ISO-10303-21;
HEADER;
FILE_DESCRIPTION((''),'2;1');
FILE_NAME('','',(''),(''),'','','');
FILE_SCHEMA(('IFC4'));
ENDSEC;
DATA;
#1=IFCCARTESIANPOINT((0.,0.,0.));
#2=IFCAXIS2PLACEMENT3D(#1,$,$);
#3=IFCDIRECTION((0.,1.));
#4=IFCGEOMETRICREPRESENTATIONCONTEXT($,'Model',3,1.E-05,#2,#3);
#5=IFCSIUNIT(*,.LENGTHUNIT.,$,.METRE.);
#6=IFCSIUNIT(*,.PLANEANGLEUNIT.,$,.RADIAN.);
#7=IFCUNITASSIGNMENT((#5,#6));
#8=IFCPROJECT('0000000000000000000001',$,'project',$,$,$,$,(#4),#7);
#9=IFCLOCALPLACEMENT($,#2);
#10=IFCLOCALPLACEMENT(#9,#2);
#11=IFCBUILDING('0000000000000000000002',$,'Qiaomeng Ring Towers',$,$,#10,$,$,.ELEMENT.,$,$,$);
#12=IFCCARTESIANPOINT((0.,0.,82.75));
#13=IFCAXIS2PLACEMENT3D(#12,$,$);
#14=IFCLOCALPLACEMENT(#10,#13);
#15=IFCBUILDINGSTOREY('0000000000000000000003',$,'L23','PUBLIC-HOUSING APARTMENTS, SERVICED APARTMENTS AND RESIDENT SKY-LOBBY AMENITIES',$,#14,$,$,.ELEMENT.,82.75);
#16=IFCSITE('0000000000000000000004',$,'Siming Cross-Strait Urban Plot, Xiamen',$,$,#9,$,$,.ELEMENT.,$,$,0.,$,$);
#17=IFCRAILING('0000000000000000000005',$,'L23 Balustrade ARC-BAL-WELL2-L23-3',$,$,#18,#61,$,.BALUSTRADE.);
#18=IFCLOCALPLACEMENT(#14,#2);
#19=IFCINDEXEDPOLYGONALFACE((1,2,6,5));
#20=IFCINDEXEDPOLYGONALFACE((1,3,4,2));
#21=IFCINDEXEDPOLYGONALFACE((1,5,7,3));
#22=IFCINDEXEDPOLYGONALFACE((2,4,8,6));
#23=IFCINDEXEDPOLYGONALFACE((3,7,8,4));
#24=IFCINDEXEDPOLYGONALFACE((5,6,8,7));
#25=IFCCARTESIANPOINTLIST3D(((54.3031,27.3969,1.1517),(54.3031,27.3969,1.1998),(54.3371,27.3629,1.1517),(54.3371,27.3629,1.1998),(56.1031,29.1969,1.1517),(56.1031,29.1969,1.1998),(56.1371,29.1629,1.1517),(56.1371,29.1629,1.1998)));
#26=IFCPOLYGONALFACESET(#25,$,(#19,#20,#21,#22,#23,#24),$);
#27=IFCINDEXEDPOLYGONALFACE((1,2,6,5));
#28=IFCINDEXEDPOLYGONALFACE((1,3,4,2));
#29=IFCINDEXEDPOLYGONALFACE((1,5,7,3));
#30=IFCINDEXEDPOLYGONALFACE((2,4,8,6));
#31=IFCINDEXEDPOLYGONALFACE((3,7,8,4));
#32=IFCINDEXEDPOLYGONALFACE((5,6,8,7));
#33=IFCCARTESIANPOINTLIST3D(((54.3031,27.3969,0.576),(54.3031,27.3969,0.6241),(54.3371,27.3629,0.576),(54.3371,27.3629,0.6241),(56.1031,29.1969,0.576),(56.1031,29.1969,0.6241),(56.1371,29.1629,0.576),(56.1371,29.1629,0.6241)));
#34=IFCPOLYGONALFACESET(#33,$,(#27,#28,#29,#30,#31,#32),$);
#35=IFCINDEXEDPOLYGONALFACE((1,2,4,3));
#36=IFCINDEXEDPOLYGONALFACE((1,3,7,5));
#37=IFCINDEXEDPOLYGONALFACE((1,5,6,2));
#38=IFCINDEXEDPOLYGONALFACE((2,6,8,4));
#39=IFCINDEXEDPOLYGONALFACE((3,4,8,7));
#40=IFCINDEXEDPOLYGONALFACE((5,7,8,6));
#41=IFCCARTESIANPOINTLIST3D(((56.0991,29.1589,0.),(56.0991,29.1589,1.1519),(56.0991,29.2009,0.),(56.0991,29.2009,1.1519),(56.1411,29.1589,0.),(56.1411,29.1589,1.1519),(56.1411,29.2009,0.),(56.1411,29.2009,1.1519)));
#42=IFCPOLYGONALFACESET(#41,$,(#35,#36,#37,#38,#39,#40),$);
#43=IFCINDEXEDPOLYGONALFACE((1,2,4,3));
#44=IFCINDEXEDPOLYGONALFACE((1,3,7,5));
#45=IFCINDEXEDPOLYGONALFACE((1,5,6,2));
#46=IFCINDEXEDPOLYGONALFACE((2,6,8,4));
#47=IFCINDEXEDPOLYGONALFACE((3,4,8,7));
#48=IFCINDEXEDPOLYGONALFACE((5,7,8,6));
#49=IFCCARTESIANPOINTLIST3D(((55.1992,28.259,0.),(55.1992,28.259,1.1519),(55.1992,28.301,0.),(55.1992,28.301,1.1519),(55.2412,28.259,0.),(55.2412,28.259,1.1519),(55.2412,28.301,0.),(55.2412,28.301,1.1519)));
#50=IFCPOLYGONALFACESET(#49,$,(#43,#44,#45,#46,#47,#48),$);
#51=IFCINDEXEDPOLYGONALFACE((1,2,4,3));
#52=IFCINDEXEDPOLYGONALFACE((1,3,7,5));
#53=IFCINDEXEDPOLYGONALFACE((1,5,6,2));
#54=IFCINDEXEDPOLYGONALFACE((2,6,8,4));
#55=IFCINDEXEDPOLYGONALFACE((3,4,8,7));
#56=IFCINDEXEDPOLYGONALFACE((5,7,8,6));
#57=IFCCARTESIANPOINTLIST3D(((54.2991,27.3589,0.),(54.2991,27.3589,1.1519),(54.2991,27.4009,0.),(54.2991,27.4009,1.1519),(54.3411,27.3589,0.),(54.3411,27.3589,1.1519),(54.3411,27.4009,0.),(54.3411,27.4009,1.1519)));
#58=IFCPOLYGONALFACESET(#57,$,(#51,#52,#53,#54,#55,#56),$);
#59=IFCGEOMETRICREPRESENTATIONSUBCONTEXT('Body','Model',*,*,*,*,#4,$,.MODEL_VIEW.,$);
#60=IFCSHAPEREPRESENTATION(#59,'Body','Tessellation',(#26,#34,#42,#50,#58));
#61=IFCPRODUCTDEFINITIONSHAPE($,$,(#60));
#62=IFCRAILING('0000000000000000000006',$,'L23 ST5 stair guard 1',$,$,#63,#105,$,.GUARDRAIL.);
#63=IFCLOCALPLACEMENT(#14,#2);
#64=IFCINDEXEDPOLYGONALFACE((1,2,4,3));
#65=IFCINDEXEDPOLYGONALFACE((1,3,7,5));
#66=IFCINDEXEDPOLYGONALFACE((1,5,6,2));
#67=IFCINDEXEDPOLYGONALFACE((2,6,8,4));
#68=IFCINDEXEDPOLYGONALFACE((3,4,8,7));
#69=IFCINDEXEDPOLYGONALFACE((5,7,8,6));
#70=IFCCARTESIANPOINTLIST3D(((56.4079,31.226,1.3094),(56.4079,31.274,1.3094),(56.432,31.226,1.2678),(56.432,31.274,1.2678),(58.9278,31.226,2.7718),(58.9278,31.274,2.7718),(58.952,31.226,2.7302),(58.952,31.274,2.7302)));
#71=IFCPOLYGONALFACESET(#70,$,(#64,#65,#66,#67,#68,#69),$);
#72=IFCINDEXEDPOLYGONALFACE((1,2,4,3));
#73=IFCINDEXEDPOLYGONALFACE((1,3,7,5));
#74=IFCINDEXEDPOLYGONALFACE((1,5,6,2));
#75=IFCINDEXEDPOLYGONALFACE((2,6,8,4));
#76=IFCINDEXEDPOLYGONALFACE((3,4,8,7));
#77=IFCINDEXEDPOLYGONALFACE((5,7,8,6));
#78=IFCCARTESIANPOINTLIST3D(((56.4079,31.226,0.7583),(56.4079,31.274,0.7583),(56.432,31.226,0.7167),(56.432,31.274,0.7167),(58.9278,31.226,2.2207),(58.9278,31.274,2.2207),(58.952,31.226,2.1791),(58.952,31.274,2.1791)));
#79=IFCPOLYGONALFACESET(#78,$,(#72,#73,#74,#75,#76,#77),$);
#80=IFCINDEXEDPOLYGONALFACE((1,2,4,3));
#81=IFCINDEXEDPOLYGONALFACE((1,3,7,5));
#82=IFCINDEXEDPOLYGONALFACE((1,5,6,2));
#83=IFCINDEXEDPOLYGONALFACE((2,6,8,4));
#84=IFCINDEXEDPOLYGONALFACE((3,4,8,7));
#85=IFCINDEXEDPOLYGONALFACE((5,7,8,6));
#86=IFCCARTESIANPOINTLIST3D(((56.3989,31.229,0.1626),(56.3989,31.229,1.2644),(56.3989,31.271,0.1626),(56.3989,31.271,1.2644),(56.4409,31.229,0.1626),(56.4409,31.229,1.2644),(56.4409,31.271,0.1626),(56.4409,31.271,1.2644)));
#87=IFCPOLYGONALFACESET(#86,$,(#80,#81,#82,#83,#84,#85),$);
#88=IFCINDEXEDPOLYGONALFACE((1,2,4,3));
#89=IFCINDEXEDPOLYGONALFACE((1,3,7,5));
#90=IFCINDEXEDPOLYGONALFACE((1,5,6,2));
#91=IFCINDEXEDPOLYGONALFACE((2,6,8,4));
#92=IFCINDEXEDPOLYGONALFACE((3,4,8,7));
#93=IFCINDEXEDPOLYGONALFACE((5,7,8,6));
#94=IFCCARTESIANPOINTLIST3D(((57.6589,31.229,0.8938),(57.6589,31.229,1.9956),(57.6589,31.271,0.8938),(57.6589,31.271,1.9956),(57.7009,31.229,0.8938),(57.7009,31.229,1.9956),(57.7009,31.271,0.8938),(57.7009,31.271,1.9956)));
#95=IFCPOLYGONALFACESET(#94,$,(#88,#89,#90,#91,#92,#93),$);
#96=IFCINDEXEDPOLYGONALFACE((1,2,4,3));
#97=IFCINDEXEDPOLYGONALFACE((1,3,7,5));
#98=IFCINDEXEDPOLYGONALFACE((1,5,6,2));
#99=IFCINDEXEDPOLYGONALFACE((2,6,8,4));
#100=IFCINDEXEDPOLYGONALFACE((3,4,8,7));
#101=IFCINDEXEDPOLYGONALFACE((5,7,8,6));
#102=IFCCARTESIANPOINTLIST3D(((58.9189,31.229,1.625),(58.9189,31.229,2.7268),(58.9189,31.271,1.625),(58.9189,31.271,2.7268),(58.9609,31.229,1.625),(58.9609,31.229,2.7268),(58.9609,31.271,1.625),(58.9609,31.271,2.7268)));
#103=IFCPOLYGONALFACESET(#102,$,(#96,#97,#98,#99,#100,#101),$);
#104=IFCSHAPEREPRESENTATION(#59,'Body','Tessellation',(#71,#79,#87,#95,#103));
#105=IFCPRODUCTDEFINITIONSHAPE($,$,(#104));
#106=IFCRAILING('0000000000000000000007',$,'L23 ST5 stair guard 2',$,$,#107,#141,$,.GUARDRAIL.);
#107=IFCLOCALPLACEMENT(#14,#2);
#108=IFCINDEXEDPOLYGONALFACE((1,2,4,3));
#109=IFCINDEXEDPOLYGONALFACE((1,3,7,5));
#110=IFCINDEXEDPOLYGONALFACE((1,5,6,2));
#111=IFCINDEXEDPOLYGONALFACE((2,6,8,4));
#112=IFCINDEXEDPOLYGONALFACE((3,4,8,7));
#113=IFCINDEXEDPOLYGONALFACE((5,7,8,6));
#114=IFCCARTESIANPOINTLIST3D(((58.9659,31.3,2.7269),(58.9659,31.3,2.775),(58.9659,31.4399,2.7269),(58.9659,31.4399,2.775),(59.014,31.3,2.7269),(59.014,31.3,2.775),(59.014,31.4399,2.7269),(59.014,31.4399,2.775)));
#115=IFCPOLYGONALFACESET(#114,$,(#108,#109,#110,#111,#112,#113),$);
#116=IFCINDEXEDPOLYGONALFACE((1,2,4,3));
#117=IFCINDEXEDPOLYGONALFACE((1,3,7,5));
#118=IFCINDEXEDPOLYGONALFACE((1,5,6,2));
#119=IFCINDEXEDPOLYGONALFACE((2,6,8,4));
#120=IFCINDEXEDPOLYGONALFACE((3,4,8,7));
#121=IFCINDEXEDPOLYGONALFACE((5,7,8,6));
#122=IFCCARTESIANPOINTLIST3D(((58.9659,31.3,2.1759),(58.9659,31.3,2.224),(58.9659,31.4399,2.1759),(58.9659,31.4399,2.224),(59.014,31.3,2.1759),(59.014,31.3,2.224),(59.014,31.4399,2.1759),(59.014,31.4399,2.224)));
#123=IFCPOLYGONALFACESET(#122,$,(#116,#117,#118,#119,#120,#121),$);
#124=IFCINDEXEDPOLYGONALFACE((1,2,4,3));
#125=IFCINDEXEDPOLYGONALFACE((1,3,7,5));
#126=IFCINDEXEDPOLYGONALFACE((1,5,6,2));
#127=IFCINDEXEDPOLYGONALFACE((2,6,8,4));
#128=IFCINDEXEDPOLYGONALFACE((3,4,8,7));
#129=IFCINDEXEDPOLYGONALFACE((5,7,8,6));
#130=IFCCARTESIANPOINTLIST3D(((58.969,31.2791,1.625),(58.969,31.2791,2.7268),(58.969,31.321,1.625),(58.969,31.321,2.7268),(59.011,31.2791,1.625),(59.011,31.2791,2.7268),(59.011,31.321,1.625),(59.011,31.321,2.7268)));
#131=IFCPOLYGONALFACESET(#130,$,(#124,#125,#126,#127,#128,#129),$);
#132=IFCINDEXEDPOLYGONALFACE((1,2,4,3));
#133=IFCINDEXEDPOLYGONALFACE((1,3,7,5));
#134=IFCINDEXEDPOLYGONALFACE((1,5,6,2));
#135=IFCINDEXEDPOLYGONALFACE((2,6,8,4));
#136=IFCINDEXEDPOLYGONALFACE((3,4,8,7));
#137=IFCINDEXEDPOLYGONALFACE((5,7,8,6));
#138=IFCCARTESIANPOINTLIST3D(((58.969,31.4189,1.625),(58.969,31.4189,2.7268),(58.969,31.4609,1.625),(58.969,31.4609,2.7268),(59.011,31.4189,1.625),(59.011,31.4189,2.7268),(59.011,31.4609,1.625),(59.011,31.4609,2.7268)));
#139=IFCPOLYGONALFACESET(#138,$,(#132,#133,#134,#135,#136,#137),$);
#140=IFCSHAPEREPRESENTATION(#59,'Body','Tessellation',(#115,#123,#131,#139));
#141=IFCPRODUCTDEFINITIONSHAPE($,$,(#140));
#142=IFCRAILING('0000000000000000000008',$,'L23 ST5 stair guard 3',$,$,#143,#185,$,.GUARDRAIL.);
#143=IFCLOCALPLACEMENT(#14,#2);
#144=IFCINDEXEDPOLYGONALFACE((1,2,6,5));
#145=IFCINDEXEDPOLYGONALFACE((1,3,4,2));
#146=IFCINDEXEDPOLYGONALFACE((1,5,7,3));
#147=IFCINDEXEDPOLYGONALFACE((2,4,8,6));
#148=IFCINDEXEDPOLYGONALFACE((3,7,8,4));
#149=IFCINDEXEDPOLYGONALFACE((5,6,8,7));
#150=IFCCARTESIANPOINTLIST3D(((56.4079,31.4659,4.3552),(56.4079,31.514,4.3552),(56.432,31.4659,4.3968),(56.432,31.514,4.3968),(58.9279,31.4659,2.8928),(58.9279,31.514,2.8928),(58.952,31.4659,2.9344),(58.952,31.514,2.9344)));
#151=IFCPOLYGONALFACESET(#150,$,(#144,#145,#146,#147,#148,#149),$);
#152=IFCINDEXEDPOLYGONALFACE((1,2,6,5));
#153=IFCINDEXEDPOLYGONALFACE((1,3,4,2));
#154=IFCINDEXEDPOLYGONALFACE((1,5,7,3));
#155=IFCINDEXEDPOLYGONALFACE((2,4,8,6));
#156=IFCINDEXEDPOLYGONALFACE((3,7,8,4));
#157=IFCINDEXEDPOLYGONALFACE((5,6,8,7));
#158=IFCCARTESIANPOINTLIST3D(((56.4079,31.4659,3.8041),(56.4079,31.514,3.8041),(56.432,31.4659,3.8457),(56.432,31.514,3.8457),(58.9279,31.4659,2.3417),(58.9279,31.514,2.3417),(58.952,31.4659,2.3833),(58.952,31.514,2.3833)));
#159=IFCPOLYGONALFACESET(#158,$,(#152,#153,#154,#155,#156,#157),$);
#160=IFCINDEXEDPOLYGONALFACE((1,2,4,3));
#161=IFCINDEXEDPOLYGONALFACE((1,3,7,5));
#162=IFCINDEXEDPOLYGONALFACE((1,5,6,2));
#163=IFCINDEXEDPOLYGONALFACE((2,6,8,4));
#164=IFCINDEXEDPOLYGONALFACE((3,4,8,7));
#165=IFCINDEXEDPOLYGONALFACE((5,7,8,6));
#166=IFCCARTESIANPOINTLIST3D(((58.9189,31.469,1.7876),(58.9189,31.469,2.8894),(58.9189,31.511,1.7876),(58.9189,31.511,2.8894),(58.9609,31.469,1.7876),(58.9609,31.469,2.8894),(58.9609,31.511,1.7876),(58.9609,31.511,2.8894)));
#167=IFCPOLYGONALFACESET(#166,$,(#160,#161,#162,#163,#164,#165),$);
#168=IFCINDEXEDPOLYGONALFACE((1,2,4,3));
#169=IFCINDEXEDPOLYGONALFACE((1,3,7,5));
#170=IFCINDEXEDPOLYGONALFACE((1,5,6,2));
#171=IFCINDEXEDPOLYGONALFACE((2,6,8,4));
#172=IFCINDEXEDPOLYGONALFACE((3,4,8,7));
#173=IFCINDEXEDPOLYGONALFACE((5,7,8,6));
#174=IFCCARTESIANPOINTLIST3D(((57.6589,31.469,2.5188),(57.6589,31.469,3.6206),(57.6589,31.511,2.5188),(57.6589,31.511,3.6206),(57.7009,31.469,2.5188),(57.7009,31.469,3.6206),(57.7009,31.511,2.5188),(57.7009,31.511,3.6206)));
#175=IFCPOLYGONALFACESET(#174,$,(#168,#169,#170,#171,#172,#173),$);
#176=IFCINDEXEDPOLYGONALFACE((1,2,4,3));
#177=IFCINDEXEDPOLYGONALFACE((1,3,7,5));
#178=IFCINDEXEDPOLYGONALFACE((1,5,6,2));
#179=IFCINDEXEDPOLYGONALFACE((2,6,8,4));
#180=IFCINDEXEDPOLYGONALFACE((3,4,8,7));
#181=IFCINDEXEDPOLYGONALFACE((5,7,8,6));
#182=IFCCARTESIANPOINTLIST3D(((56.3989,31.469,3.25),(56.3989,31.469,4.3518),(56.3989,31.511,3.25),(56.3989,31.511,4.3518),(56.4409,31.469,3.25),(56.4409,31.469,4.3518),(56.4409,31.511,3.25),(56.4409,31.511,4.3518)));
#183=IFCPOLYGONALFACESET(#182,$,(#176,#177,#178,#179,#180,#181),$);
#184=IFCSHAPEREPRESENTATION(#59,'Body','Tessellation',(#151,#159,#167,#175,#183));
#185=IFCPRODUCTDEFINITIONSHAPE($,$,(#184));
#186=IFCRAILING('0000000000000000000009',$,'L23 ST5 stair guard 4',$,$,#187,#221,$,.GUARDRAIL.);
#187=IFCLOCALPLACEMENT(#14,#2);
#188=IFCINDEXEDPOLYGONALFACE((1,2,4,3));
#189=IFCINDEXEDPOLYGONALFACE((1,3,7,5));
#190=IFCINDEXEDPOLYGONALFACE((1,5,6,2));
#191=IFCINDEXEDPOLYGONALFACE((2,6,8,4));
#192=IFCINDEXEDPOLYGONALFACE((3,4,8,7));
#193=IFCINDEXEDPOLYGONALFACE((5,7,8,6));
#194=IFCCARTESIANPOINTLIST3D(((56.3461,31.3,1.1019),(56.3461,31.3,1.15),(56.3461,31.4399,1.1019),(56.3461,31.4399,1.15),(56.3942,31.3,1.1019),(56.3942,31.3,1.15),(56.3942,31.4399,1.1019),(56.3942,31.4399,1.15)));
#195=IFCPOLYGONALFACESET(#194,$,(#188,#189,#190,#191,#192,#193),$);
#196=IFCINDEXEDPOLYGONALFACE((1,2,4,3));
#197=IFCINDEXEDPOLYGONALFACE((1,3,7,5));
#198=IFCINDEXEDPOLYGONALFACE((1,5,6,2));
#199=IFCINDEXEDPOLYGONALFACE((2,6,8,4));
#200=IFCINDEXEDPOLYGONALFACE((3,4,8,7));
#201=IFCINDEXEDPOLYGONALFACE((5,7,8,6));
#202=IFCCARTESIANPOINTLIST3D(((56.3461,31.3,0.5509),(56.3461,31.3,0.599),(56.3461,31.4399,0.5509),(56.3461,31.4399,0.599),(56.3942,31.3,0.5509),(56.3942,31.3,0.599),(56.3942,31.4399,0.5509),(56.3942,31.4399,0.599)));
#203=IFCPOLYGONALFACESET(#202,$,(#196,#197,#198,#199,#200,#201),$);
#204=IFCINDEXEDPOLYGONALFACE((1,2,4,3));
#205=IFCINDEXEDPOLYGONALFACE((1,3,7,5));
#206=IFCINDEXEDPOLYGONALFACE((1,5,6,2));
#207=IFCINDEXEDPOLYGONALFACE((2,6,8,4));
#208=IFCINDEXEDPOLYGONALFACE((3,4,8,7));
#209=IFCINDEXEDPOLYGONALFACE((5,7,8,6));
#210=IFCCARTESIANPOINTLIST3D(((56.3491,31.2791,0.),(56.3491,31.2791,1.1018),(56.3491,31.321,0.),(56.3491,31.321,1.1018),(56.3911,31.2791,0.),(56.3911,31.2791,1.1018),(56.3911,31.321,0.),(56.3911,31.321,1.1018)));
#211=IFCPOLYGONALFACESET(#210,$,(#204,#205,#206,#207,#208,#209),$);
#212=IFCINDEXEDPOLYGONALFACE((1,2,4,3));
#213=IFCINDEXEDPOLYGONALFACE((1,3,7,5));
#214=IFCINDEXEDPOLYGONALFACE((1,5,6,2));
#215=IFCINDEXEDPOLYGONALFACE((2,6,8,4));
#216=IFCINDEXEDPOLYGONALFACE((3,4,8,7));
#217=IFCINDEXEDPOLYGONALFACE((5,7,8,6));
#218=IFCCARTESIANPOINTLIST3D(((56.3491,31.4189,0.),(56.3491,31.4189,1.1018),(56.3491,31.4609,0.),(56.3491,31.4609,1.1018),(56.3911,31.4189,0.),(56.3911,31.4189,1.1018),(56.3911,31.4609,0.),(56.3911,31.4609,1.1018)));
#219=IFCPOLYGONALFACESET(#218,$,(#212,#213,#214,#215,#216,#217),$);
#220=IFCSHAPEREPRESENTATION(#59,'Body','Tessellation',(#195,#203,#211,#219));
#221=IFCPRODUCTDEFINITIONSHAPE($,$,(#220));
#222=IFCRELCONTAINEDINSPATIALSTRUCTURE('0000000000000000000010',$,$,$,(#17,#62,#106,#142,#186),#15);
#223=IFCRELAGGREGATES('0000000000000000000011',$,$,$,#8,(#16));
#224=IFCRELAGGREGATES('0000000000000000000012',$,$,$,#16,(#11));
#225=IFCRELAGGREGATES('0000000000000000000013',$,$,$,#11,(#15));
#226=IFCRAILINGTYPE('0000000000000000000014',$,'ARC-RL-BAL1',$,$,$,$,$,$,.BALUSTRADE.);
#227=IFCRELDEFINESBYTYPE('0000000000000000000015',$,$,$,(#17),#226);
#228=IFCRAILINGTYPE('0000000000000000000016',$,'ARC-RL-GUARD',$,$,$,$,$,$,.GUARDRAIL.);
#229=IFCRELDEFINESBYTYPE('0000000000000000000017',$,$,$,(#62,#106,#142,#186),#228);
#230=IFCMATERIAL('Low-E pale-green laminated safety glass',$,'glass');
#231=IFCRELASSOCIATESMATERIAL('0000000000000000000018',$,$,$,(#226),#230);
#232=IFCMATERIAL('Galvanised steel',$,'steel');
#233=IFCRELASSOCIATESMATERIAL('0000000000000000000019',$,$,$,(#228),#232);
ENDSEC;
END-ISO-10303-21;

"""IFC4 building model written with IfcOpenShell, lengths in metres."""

from ifc_helpers import new_model, si_unit, direction, frame, origin, origin_2d, place, context, subcontext, project, spatial, rectangle, extrude, material, type_object, element, save


model = new_model("IFC4")

# Units and contexts
model_context = context("Model", 3, precision=1e-05, world=origin(), true_north=direction((0.0, 1.0)))
body_context = subcontext(model_context, "Body", "Model", "MODEL_VIEW")
ifc_project = project(units=[si_unit("LENGTHUNIT", "METRE"), si_unit("PLANEANGLEUNIT", "RADIAN")], contexts=[model_context])

# Site, building, storey
site_placement = place(None, origin())
site = spatial("IfcSite", under=ifc_project, at=site_placement, Name="Siming Cross-Strait Urban Plot, Xiamen", CompositionType="ELEMENT", RefElevation=0.0)
building_placement = place(site_placement, origin())
building = spatial("IfcBuilding", under=site, at=building_placement, Name="Qiaomeng Ring Towers", CompositionType="ELEMENT")
storey_placement = place(building_placement, frame((0.0, 0.0, 82.75)))
storey = spatial("IfcBuildingStorey", under=building, at=storey_placement, Name="L23", Description="PUBLIC-HOUSING APARTMENTS, SERVICED APARTMENTS AND RESIDENT SKY-LOBBY AMENITIES", CompositionType="ELEMENT", Elevation=82.75)

# Shared definitions
ifc_material_1 = material(Name="Galvanised steel", Category="steel")

# Railings
ifc_material_2 = material(Name="Low-E pale-green laminated safety glass", Category="glass")
railing_type_1 = type_object("IfcRailingType", Name="ARC-RL-BAL1", PredefinedType="BALUSTRADE", material=ifc_material_2)
railing_1_placement = place(storey_placement, frame((56.1201, 29.1799, 0.0)))
element("IfcRailing", 1, at=railing_1_placement, inside=storey, type_object=railing_type_1, Name="L23 Balustrade ARC-BAL-WELL2-L23-3", PredefinedType="BALUSTRADE", context=body_context, shape_type="SweptSolid", body=[
    extrude(rectangle(XDim=0.0481, YDim=0.0481, at=origin_2d()), frame((0.0, 0.0, 1.1758), z_axis=(-0.707107, -0.707107, 0.0), x_axis=(0.707107, -0.707107, 0.0)), (0.0, 0.0, 1.0), 2.5457),
    extrude(rectangle(XDim=0.0481, YDim=0.0481, at=origin_2d()), frame((0.0, 0.0, 0.6001), z_axis=(-0.707107, -0.707107, 0.0), x_axis=(0.707107, -0.707107, 0.0)), (0.0, 0.0, 1.0), 2.5457),
    extrude(rectangle(XDim=0.042, YDim=0.042, at=origin_2d()), origin(), (0.0, 0.0, 1.0), 1.1519),
    extrude(rectangle(XDim=0.042, YDim=0.042, at=origin_2d()), frame((-0.8999, -0.8999, 0.0)), (0.0, 0.0, 1.0), 1.1519),
    extrude(rectangle(XDim=0.042, YDim=0.042, at=origin_2d()), frame((-1.8, -1.8, 0.0)), (0.0, 0.0, 1.0), 1.1519),
])
railing_type_2 = type_object("IfcRailingType", Name="ARC-RL-GUARD", PredefinedType="GUARDRAIL", material=ifc_material_1)
railing_2_placement = place(storey_placement, frame((56.4199, 31.25, 0.1626)))
element("IfcRailing", 2, at=railing_2_placement, inside=storey, type_object=railing_type_2, Name="L23 ST5 stair guard 1", PredefinedType="GUARDRAIL", context=body_context, shape_type="SweptSolid", body=[
    extrude(rectangle(XDim=0.0481, YDim=0.0481, at=origin_2d()), frame((0.0, 0.0, 1.126), z_axis=(0.864913, 0.0, 0.501921), x_axis=(0.0, 1.0, 0.0)), (0.0, 0.0, 1.0), 2.9136),
    extrude(rectangle(XDim=0.0481, YDim=0.0481, at=origin_2d()), frame((0.0, 0.0, 0.575), z_axis=(0.864913, 0.0, 0.501921), x_axis=(0.0, 1.0, 0.0)), (0.0, 0.0, 1.0), 2.9136),
    extrude(rectangle(XDim=0.042, YDim=0.042, at=origin_2d()), origin(), (0.0, 0.0, 1.0), 1.1018),
    extrude(rectangle(XDim=0.042, YDim=0.042, at=origin_2d()), frame((1.26, 0.0, 0.7312)), (0.0, 0.0, 1.0), 1.1018),
    extrude(rectangle(XDim=0.042, YDim=0.042, at=origin_2d()), frame((2.52, 0.0, 1.4624)), (0.0, 0.0, 1.0), 1.1018),
])
railing_3_placement = place(storey_placement, frame((58.99, 31.3, 1.625)))
element("IfcRailing", 3, at=railing_3_placement, inside=storey, type_object=railing_type_2, Name="L23 ST5 stair guard 2", PredefinedType="GUARDRAIL", context=body_context, shape_type="SweptSolid", body=[
    extrude(rectangle(XDim=0.0481, YDim=0.0481, at=origin_2d()), frame((0.0, 0.0, 1.126), z_axis=(0.0, 1.0, 0.0), x_axis=(-1.0, 0.0, 0.0)), (0.0, 0.0, 1.0), 0.1399),
    extrude(rectangle(XDim=0.0481, YDim=0.0481, at=origin_2d()), frame((0.0, 0.0, 0.575), z_axis=(0.0, 1.0, 0.0), x_axis=(-1.0, 0.0, 0.0)), (0.0, 0.0, 1.0), 0.1399),
    extrude(rectangle(XDim=0.042, YDim=0.042, at=origin_2d()), origin(), (0.0, 0.0, 1.0), 1.1018),
    extrude(rectangle(XDim=0.042, YDim=0.042, at=origin_2d()), frame((0.0, 0.1399, 0.0)), (0.0, 0.0, 1.0), 1.1018),
])
railing_4_placement = place(storey_placement, frame((58.9399, 31.49, 1.7876)))
element("IfcRailing", 4, at=railing_4_placement, inside=storey, type_object=railing_type_2, Name="L23 ST5 stair guard 3", PredefinedType="GUARDRAIL", context=body_context, shape_type="SweptSolid", body=[
    extrude(rectangle(XDim=0.0481, YDim=0.0481, at=origin_2d()), frame((0.0, 0.0, 1.126), z_axis=(-0.864913, 0.0, 0.501921), x_axis=(0.0, -1.0, 0.0)), (0.0, 0.0, 1.0), 2.9136),
    extrude(rectangle(XDim=0.0481, YDim=0.0481, at=origin_2d()), frame((0.0, 0.0, 0.575), z_axis=(-0.864913, 0.0, 0.501921), x_axis=(0.0, -1.0, 0.0)), (0.0, 0.0, 1.0), 2.9136),
    extrude(rectangle(XDim=0.042, YDim=0.042, at=origin_2d()), origin(), (0.0, 0.0, 1.0), 1.1018),
    extrude(rectangle(XDim=0.042, YDim=0.042, at=origin_2d()), frame((-1.26, 0.0, 0.7312)), (0.0, 0.0, 1.0), 1.1018),
    extrude(rectangle(XDim=0.042, YDim=0.042, at=origin_2d()), frame((-2.52, 0.0, 1.4624)), (0.0, 0.0, 1.0), 1.1018),
])
railing_5_placement = place(storey_placement, frame((56.3701, 31.3, 0.0)))
element("IfcRailing", 5, at=railing_5_placement, inside=storey, type_object=railing_type_2, Name="L23 ST5 stair guard 4", PredefinedType="GUARDRAIL", context=body_context, shape_type="SweptSolid", body=[
    extrude(rectangle(XDim=0.0481, YDim=0.0481, at=origin_2d()), frame((0.0, 0.0, 1.126), z_axis=(0.0, 1.0, 0.0), x_axis=(-1.0, 0.0, 0.0)), (0.0, 0.0, 1.0), 0.1399),
    extrude(rectangle(XDim=0.0481, YDim=0.0481, at=origin_2d()), frame((0.0, 0.0, 0.575), z_axis=(0.0, 1.0, 0.0), x_axis=(-1.0, 0.0, 0.0)), (0.0, 0.0, 1.0), 0.1399),
    extrude(rectangle(XDim=0.042, YDim=0.042, at=origin_2d()), origin(), (0.0, 0.0, 1.0), 1.1018),
    extrude(rectangle(XDim=0.042, YDim=0.042, at=origin_2d()), frame((0.0, 0.1399, 0.0)), (0.0, 0.0, 1.0), 1.1018),
])

save(model, "model.ifc")
